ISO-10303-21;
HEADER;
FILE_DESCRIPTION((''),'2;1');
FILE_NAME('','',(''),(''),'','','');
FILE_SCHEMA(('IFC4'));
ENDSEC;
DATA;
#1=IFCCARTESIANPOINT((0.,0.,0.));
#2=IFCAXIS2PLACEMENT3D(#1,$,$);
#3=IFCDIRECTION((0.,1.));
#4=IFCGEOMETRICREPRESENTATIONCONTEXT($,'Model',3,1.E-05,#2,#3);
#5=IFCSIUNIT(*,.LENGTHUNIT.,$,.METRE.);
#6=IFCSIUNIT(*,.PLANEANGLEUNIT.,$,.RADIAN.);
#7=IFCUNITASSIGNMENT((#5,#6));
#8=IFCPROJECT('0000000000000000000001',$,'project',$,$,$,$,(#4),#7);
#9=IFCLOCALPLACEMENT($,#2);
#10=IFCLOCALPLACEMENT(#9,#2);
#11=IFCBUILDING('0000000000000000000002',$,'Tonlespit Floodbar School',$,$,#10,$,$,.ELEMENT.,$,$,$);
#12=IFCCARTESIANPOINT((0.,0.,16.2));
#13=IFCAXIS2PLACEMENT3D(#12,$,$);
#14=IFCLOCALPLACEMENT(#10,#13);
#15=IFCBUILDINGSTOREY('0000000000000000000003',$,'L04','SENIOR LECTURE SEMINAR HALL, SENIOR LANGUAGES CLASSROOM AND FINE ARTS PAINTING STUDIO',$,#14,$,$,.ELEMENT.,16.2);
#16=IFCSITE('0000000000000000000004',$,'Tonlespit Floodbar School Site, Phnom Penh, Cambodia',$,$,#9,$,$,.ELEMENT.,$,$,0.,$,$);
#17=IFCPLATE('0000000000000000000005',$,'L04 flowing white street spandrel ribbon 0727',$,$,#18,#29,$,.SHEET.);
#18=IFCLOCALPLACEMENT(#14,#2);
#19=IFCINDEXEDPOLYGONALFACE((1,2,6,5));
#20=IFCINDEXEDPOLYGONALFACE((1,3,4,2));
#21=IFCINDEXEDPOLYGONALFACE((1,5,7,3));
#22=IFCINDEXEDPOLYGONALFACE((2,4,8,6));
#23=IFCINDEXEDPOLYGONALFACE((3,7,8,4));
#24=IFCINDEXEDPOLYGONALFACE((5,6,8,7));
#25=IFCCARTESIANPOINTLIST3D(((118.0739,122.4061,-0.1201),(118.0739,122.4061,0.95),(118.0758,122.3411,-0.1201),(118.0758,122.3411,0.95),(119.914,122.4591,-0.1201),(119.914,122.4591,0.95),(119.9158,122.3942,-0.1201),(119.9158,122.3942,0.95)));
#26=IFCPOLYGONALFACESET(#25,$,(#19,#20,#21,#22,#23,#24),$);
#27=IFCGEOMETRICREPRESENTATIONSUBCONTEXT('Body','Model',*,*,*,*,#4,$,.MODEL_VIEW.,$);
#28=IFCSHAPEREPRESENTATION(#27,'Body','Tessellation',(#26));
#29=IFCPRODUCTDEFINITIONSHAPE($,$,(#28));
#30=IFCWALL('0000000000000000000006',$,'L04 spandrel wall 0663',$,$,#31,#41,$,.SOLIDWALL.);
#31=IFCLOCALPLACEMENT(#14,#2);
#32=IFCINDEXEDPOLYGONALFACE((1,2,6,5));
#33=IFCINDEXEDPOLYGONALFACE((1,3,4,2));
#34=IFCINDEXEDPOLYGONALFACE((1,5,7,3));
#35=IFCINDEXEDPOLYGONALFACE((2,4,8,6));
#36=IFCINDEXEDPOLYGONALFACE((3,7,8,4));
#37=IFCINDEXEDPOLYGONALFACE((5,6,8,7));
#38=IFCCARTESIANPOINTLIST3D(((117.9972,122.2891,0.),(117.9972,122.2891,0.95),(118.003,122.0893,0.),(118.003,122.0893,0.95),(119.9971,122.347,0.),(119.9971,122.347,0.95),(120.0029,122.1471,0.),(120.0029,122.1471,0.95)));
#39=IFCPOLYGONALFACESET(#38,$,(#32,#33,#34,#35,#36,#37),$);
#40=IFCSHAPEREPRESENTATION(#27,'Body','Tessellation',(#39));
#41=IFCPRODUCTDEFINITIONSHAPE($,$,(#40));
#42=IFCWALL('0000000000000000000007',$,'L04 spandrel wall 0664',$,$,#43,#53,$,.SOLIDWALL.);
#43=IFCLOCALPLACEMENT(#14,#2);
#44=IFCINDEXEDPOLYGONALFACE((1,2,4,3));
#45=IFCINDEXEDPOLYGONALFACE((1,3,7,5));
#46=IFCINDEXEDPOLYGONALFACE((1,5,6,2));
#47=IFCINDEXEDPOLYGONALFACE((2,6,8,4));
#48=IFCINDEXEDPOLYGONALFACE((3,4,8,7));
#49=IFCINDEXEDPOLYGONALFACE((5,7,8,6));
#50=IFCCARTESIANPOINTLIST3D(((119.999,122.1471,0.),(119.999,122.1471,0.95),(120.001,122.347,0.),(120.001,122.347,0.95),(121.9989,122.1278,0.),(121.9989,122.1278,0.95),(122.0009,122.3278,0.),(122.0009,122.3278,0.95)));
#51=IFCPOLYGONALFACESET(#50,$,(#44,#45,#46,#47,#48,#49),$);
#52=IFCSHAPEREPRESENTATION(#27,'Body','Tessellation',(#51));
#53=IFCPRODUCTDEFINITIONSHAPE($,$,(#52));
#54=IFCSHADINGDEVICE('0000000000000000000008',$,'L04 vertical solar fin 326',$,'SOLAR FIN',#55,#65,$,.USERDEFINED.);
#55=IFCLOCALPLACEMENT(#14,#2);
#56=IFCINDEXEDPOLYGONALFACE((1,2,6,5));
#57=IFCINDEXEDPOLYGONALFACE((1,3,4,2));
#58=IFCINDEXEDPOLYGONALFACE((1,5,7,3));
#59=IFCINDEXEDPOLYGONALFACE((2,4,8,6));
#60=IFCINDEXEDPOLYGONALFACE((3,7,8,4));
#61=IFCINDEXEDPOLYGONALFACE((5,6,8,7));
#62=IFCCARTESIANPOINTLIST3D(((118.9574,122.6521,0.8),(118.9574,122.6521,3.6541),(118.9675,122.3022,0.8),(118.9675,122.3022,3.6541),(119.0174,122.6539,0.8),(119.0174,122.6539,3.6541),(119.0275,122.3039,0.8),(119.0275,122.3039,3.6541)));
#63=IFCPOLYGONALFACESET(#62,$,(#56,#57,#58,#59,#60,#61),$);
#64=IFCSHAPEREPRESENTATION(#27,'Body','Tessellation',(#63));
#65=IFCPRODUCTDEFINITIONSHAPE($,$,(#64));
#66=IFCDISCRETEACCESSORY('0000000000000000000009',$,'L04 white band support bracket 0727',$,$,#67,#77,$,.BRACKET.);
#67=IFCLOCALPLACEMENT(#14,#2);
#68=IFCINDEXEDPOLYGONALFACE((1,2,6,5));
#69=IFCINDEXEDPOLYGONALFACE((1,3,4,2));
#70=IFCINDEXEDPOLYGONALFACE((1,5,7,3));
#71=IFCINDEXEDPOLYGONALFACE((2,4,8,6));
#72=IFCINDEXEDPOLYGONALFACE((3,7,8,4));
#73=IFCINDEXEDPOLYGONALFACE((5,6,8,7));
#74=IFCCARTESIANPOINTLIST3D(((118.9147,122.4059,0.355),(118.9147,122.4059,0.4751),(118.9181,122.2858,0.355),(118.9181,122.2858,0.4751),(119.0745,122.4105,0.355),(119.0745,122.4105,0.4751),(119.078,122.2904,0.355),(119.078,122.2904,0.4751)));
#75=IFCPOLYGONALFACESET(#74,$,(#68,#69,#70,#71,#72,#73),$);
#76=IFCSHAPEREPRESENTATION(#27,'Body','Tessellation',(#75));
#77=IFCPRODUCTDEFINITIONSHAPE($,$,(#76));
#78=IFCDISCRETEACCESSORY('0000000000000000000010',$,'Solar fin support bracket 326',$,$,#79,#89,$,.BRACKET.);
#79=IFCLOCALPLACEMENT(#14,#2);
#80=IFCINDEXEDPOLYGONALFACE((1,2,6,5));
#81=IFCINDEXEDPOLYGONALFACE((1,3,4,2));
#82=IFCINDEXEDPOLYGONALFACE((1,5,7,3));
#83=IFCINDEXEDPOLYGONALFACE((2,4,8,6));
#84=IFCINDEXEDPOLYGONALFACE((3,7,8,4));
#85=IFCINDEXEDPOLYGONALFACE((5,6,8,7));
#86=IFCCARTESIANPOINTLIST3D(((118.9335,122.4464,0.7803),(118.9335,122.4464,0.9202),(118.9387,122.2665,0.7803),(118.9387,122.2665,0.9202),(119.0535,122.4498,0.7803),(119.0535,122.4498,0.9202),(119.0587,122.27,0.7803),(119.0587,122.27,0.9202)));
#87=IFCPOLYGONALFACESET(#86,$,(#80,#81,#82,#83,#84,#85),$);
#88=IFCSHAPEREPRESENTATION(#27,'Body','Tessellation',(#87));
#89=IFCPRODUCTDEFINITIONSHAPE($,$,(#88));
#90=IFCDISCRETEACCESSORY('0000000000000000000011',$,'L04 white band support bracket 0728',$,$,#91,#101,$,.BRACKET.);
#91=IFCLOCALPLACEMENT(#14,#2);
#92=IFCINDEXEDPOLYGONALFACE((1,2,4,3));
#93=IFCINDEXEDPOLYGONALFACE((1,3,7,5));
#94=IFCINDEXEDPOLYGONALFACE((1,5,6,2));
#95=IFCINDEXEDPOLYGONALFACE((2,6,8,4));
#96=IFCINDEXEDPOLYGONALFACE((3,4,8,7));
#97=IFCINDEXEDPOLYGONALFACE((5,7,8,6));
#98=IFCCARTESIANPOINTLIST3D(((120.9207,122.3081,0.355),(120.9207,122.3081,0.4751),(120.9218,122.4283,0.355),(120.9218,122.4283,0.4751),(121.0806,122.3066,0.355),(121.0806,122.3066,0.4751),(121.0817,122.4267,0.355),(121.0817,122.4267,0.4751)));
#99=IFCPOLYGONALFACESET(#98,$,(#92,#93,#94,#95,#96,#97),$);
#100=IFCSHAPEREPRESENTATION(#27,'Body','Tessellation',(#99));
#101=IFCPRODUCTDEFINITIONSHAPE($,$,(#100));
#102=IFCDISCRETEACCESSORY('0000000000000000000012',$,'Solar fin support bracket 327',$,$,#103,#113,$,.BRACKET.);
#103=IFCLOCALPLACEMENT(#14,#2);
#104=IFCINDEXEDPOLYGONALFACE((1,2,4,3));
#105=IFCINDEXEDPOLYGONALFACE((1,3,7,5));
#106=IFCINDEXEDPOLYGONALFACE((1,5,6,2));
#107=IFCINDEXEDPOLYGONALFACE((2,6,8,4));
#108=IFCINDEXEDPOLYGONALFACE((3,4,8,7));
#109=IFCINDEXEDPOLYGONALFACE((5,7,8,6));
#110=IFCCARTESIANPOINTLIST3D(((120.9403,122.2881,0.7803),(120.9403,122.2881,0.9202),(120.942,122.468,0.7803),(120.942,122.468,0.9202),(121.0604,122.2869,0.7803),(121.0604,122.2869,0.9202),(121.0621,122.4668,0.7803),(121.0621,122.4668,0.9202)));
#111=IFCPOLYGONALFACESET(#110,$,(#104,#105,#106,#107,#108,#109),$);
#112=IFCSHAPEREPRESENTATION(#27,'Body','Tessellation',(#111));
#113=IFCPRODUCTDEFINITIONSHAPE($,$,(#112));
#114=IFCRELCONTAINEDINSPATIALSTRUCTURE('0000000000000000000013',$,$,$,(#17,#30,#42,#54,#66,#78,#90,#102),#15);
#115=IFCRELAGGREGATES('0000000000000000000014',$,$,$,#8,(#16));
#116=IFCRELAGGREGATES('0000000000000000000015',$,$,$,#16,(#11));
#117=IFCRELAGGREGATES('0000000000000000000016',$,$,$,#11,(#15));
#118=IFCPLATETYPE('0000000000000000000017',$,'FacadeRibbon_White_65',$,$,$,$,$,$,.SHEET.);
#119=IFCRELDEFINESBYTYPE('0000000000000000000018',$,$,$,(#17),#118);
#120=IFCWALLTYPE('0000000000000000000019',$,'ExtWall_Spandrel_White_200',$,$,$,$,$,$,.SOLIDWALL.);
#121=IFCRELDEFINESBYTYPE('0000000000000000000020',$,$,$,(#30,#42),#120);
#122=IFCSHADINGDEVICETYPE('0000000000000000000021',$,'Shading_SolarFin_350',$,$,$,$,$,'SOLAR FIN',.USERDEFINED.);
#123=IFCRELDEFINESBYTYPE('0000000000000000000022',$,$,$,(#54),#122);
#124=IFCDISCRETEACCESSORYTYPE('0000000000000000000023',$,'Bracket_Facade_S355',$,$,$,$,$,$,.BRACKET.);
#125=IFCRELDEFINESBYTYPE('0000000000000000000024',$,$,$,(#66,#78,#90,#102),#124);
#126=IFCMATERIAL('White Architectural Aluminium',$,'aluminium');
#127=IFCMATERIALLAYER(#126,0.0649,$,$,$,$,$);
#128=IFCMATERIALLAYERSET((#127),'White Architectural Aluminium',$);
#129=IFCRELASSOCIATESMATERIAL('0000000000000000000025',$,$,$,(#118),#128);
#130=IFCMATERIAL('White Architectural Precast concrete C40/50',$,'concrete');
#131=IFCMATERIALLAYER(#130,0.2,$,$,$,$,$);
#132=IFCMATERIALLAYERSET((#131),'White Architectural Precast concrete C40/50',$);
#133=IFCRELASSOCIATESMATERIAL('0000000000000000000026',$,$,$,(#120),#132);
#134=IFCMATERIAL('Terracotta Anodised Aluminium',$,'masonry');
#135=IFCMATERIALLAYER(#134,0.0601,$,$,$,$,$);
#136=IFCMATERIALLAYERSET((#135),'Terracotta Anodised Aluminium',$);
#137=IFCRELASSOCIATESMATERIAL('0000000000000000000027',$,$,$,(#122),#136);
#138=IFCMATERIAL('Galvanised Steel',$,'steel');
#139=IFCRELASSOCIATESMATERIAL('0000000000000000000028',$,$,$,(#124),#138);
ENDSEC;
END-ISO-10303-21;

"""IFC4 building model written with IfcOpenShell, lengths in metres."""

from ifc_helpers import new_model, si_unit, direction, frame, frame_2d, origin, origin_2d, place, context, subcontext, project, spatial, rectangle, extrude, material, layer, layer_set, type_object, element, save


model = new_model("IFC4")

# Units and contexts
model_context = context("Model", 3, precision=1e-05, world=origin(), true_north=direction((0.0, 1.0)))
body_context = subcontext(model_context, "Body", "Model", "MODEL_VIEW")
ifc_project = project(units=[si_unit("LENGTHUNIT", "METRE"), si_unit("PLANEANGLEUNIT", "RADIAN")], contexts=[model_context])

# Site, building, storey
site_placement = place(None, origin())
site = spatial("IfcSite", under=ifc_project, at=site_placement, Name="Tonlespit Floodbar School Site, Phnom Penh, Cambodia", CompositionType="ELEMENT", RefElevation=0.0)
building_placement = place(site_placement, origin())
building = spatial("IfcBuilding", under=site, at=building_placement, Name="Tonlespit Floodbar School", CompositionType="ELEMENT")
storey_placement = place(building_placement, frame((0.0, 0.0, 16.2)))
storey = spatial("IfcBuildingStorey", under=building, at=storey_placement, Name="L04", Description="SENIOR LECTURE SEMINAR HALL, SENIOR LANGUAGES CLASSROOM AND FINE ARTS PAINTING STUDIO", CompositionType="ELEMENT", Elevation=16.2)

# Plate
ifc_material_1 = material(Name="White Architectural Aluminium", Category="aluminium")
ifc_layer_1 = layer(ifc_material_1, 0.0649)
ifc_layer_set_1 = layer_set([ifc_layer_1], Name="White Architectural Aluminium")
plate_type_1 = type_object("IfcPlateType", Name="FacadeRibbon_White_65", PredefinedType="SHEET", material=ifc_layer_set_1)
plate_1_placement = place(storey_placement, frame((118.9949, 122.4001, -0.1201), z_axis=(0.0, 0.0, 1.0), x_axis=(0.999584, 0.028838, 0.0)))
element("IfcPlate", 1, at=plate_1_placement, inside=storey, type_object=plate_type_1, Name="L04 flowing white street spandrel ribbon 0727", PredefinedType="SHEET", context=body_context, shape_type="SweptSolid", body=[
    extrude(rectangle(XDim=1.8408, YDim=0.0649, at=origin_2d()), origin(), (0.0, 0.0, 1.0), 1.0701),
])

# Walls
ifc_material_2 = material(Name="White Architectural Precast concrete C40/50", Category="concrete")
ifc_layer_2 = layer(ifc_material_2, 0.2)
ifc_layer_set_2 = layer_set([ifc_layer_2], Name="White Architectural Precast concrete C40/50")
wall_type = type_object("IfcWallType", Name="ExtWall_Spandrel_White_200", PredefinedType="SOLIDWALL", material=ifc_layer_set_2)
wall_1_placement = place(storey_placement, frame((118.0, 122.1892, 0.0), z_axis=(0.0, 0.0, 1.0), x_axis=(0.999582, 0.028919, 0.0)))
element("IfcWall", 2, at=wall_1_placement, inside=storey, type_object=wall_type, Name="L04 spandrel wall 0663", PredefinedType="SOLIDWALL", context=body_context, shape_type="SweptSolid", body=[
    extrude(rectangle(XDim=2.0007, YDim=0.2, at=frame_2d((1.0005, 0.0))), origin(), (0.0, 0.0, 1.0), 0.95),
])
wall_2_placement = place(storey_placement, frame((120.0, 122.2471, 0.0), z_axis=(0.0, 0.0, 1.0), x_axis=(0.999954, -0.009643, 0.0)))
element("IfcWall", 3, at=wall_2_placement, inside=storey, type_object=wall_type, Name="L04 spandrel wall 0664", PredefinedType="SOLIDWALL", context=body_context, shape_type="SweptSolid", body=[
    extrude(rectangle(XDim=2.0, YDim=0.2, at=frame_2d((1.0, 0.0))), origin(), (0.0, 0.0, 1.0), 0.95),
])

# Shading device
ifc_material_3 = material(Name="Terracotta Anodised Aluminium", Category="masonry")
ifc_layer_3 = layer(ifc_material_3, 0.0601)
ifc_layer_set_3 = layer_set([ifc_layer_3], Name="Terracotta Anodised Aluminium")
shading_device_type = type_object("IfcShadingDeviceType", Name="Shading_SolarFin_350", ElementType="SOLAR FIN", PredefinedType="USERDEFINED", material=ifc_layer_set_3)
shading_device_placement = place(storey_placement, frame((118.9924, 122.478, 0.8), z_axis=(0.0, 0.0, 1.0), x_axis=(0.999584, 0.028838, 0.0)))
element("IfcShadingDevice", 4, at=shading_device_placement, inside=storey, type_object=shading_device_type, Name="L04 vertical solar fin 326", ObjectType="SOLAR FIN", PredefinedType="USERDEFINED", context=body_context, shape_type="SweptSolid", body=[
    extrude(rectangle(XDim=0.0601, YDim=0.3501, at=origin_2d()), origin(), (0.0, 0.0, 1.0), 2.854),
])

# Discrete accessories
ifc_material_4 = material(Name="Galvanised Steel", Category="steel")
discrete_accessory_type = type_object("IfcDiscreteAccessoryType", Name="Bracket_Facade_S355", PredefinedType="BRACKET", material=ifc_material_4)
discrete_accessory_1_placement = place(storey_placement, frame((118.9963, 122.3481, 0.355), z_axis=(0.0, 0.0, 1.0), x_axis=(0.999584, 0.028838, 0.0)))
element("IfcDiscreteAccessory", 5, at=discrete_accessory_1_placement, inside=storey, type_object=discrete_accessory_type, Name="L04 white band support bracket 0727", PredefinedType="BRACKET", context=body_context, shape_type="SweptSolid", body=[
    extrude(rectangle(XDim=0.1599, YDim=0.1201, at=origin_2d()), origin(), (0.0, 0.0, 1.0), 0.1201),
])
discrete_accessory_2_placement = place(storey_placement, frame((118.9961, 122.3582, 0.7803), z_axis=(0.0, 0.0, 1.0), x_axis=(0.999584, 0.028838, 0.0)))
element("IfcDiscreteAccessory", 6, at=discrete_accessory_2_placement, inside=storey, type_object=discrete_accessory_type, Name="Solar fin support bracket 326", PredefinedType="BRACKET", context=body_context, shape_type="SweptSolid", body=[
    extrude(rectangle(XDim=0.1201, YDim=0.1799, at=origin_2d()), origin(), (0.0, 0.0, 1.0), 0.1399),
])
discrete_accessory_3_placement = place(storey_placement, frame((121.0012, 122.3674, 0.355), z_axis=(0.0, 0.0, 1.0), x_axis=(0.999954, -0.009599, 0.0)))
element("IfcDiscreteAccessory", 7, at=discrete_accessory_3_placement, inside=storey, type_object=discrete_accessory_type, Name="L04 white band support bracket 0728", PredefinedType="BRACKET", context=body_context, shape_type="SweptSolid", body=[
    extrude(rectangle(XDim=0.1599, YDim=0.1201, at=origin_2d()), origin(), (0.0, 0.0, 1.0), 0.1201),
])
discrete_accessory_4_placement = place(storey_placement, frame((121.0012, 122.3774, 0.7803), z_axis=(0.0, 0.0, 1.0), x_axis=(0.999954, -0.009599, 0.0)))
element("IfcDiscreteAccessory", 8, at=discrete_accessory_4_placement, inside=storey, type_object=discrete_accessory_type, Name="Solar fin support bracket 327", PredefinedType="BRACKET", context=body_context, shape_type="SweptSolid", body=[
    extrude(rectangle(XDim=0.1201, YDim=0.1799, at=origin_2d()), origin(), (0.0, 0.0, 1.0), 0.1399),
])

save(model, "model.ifc")
